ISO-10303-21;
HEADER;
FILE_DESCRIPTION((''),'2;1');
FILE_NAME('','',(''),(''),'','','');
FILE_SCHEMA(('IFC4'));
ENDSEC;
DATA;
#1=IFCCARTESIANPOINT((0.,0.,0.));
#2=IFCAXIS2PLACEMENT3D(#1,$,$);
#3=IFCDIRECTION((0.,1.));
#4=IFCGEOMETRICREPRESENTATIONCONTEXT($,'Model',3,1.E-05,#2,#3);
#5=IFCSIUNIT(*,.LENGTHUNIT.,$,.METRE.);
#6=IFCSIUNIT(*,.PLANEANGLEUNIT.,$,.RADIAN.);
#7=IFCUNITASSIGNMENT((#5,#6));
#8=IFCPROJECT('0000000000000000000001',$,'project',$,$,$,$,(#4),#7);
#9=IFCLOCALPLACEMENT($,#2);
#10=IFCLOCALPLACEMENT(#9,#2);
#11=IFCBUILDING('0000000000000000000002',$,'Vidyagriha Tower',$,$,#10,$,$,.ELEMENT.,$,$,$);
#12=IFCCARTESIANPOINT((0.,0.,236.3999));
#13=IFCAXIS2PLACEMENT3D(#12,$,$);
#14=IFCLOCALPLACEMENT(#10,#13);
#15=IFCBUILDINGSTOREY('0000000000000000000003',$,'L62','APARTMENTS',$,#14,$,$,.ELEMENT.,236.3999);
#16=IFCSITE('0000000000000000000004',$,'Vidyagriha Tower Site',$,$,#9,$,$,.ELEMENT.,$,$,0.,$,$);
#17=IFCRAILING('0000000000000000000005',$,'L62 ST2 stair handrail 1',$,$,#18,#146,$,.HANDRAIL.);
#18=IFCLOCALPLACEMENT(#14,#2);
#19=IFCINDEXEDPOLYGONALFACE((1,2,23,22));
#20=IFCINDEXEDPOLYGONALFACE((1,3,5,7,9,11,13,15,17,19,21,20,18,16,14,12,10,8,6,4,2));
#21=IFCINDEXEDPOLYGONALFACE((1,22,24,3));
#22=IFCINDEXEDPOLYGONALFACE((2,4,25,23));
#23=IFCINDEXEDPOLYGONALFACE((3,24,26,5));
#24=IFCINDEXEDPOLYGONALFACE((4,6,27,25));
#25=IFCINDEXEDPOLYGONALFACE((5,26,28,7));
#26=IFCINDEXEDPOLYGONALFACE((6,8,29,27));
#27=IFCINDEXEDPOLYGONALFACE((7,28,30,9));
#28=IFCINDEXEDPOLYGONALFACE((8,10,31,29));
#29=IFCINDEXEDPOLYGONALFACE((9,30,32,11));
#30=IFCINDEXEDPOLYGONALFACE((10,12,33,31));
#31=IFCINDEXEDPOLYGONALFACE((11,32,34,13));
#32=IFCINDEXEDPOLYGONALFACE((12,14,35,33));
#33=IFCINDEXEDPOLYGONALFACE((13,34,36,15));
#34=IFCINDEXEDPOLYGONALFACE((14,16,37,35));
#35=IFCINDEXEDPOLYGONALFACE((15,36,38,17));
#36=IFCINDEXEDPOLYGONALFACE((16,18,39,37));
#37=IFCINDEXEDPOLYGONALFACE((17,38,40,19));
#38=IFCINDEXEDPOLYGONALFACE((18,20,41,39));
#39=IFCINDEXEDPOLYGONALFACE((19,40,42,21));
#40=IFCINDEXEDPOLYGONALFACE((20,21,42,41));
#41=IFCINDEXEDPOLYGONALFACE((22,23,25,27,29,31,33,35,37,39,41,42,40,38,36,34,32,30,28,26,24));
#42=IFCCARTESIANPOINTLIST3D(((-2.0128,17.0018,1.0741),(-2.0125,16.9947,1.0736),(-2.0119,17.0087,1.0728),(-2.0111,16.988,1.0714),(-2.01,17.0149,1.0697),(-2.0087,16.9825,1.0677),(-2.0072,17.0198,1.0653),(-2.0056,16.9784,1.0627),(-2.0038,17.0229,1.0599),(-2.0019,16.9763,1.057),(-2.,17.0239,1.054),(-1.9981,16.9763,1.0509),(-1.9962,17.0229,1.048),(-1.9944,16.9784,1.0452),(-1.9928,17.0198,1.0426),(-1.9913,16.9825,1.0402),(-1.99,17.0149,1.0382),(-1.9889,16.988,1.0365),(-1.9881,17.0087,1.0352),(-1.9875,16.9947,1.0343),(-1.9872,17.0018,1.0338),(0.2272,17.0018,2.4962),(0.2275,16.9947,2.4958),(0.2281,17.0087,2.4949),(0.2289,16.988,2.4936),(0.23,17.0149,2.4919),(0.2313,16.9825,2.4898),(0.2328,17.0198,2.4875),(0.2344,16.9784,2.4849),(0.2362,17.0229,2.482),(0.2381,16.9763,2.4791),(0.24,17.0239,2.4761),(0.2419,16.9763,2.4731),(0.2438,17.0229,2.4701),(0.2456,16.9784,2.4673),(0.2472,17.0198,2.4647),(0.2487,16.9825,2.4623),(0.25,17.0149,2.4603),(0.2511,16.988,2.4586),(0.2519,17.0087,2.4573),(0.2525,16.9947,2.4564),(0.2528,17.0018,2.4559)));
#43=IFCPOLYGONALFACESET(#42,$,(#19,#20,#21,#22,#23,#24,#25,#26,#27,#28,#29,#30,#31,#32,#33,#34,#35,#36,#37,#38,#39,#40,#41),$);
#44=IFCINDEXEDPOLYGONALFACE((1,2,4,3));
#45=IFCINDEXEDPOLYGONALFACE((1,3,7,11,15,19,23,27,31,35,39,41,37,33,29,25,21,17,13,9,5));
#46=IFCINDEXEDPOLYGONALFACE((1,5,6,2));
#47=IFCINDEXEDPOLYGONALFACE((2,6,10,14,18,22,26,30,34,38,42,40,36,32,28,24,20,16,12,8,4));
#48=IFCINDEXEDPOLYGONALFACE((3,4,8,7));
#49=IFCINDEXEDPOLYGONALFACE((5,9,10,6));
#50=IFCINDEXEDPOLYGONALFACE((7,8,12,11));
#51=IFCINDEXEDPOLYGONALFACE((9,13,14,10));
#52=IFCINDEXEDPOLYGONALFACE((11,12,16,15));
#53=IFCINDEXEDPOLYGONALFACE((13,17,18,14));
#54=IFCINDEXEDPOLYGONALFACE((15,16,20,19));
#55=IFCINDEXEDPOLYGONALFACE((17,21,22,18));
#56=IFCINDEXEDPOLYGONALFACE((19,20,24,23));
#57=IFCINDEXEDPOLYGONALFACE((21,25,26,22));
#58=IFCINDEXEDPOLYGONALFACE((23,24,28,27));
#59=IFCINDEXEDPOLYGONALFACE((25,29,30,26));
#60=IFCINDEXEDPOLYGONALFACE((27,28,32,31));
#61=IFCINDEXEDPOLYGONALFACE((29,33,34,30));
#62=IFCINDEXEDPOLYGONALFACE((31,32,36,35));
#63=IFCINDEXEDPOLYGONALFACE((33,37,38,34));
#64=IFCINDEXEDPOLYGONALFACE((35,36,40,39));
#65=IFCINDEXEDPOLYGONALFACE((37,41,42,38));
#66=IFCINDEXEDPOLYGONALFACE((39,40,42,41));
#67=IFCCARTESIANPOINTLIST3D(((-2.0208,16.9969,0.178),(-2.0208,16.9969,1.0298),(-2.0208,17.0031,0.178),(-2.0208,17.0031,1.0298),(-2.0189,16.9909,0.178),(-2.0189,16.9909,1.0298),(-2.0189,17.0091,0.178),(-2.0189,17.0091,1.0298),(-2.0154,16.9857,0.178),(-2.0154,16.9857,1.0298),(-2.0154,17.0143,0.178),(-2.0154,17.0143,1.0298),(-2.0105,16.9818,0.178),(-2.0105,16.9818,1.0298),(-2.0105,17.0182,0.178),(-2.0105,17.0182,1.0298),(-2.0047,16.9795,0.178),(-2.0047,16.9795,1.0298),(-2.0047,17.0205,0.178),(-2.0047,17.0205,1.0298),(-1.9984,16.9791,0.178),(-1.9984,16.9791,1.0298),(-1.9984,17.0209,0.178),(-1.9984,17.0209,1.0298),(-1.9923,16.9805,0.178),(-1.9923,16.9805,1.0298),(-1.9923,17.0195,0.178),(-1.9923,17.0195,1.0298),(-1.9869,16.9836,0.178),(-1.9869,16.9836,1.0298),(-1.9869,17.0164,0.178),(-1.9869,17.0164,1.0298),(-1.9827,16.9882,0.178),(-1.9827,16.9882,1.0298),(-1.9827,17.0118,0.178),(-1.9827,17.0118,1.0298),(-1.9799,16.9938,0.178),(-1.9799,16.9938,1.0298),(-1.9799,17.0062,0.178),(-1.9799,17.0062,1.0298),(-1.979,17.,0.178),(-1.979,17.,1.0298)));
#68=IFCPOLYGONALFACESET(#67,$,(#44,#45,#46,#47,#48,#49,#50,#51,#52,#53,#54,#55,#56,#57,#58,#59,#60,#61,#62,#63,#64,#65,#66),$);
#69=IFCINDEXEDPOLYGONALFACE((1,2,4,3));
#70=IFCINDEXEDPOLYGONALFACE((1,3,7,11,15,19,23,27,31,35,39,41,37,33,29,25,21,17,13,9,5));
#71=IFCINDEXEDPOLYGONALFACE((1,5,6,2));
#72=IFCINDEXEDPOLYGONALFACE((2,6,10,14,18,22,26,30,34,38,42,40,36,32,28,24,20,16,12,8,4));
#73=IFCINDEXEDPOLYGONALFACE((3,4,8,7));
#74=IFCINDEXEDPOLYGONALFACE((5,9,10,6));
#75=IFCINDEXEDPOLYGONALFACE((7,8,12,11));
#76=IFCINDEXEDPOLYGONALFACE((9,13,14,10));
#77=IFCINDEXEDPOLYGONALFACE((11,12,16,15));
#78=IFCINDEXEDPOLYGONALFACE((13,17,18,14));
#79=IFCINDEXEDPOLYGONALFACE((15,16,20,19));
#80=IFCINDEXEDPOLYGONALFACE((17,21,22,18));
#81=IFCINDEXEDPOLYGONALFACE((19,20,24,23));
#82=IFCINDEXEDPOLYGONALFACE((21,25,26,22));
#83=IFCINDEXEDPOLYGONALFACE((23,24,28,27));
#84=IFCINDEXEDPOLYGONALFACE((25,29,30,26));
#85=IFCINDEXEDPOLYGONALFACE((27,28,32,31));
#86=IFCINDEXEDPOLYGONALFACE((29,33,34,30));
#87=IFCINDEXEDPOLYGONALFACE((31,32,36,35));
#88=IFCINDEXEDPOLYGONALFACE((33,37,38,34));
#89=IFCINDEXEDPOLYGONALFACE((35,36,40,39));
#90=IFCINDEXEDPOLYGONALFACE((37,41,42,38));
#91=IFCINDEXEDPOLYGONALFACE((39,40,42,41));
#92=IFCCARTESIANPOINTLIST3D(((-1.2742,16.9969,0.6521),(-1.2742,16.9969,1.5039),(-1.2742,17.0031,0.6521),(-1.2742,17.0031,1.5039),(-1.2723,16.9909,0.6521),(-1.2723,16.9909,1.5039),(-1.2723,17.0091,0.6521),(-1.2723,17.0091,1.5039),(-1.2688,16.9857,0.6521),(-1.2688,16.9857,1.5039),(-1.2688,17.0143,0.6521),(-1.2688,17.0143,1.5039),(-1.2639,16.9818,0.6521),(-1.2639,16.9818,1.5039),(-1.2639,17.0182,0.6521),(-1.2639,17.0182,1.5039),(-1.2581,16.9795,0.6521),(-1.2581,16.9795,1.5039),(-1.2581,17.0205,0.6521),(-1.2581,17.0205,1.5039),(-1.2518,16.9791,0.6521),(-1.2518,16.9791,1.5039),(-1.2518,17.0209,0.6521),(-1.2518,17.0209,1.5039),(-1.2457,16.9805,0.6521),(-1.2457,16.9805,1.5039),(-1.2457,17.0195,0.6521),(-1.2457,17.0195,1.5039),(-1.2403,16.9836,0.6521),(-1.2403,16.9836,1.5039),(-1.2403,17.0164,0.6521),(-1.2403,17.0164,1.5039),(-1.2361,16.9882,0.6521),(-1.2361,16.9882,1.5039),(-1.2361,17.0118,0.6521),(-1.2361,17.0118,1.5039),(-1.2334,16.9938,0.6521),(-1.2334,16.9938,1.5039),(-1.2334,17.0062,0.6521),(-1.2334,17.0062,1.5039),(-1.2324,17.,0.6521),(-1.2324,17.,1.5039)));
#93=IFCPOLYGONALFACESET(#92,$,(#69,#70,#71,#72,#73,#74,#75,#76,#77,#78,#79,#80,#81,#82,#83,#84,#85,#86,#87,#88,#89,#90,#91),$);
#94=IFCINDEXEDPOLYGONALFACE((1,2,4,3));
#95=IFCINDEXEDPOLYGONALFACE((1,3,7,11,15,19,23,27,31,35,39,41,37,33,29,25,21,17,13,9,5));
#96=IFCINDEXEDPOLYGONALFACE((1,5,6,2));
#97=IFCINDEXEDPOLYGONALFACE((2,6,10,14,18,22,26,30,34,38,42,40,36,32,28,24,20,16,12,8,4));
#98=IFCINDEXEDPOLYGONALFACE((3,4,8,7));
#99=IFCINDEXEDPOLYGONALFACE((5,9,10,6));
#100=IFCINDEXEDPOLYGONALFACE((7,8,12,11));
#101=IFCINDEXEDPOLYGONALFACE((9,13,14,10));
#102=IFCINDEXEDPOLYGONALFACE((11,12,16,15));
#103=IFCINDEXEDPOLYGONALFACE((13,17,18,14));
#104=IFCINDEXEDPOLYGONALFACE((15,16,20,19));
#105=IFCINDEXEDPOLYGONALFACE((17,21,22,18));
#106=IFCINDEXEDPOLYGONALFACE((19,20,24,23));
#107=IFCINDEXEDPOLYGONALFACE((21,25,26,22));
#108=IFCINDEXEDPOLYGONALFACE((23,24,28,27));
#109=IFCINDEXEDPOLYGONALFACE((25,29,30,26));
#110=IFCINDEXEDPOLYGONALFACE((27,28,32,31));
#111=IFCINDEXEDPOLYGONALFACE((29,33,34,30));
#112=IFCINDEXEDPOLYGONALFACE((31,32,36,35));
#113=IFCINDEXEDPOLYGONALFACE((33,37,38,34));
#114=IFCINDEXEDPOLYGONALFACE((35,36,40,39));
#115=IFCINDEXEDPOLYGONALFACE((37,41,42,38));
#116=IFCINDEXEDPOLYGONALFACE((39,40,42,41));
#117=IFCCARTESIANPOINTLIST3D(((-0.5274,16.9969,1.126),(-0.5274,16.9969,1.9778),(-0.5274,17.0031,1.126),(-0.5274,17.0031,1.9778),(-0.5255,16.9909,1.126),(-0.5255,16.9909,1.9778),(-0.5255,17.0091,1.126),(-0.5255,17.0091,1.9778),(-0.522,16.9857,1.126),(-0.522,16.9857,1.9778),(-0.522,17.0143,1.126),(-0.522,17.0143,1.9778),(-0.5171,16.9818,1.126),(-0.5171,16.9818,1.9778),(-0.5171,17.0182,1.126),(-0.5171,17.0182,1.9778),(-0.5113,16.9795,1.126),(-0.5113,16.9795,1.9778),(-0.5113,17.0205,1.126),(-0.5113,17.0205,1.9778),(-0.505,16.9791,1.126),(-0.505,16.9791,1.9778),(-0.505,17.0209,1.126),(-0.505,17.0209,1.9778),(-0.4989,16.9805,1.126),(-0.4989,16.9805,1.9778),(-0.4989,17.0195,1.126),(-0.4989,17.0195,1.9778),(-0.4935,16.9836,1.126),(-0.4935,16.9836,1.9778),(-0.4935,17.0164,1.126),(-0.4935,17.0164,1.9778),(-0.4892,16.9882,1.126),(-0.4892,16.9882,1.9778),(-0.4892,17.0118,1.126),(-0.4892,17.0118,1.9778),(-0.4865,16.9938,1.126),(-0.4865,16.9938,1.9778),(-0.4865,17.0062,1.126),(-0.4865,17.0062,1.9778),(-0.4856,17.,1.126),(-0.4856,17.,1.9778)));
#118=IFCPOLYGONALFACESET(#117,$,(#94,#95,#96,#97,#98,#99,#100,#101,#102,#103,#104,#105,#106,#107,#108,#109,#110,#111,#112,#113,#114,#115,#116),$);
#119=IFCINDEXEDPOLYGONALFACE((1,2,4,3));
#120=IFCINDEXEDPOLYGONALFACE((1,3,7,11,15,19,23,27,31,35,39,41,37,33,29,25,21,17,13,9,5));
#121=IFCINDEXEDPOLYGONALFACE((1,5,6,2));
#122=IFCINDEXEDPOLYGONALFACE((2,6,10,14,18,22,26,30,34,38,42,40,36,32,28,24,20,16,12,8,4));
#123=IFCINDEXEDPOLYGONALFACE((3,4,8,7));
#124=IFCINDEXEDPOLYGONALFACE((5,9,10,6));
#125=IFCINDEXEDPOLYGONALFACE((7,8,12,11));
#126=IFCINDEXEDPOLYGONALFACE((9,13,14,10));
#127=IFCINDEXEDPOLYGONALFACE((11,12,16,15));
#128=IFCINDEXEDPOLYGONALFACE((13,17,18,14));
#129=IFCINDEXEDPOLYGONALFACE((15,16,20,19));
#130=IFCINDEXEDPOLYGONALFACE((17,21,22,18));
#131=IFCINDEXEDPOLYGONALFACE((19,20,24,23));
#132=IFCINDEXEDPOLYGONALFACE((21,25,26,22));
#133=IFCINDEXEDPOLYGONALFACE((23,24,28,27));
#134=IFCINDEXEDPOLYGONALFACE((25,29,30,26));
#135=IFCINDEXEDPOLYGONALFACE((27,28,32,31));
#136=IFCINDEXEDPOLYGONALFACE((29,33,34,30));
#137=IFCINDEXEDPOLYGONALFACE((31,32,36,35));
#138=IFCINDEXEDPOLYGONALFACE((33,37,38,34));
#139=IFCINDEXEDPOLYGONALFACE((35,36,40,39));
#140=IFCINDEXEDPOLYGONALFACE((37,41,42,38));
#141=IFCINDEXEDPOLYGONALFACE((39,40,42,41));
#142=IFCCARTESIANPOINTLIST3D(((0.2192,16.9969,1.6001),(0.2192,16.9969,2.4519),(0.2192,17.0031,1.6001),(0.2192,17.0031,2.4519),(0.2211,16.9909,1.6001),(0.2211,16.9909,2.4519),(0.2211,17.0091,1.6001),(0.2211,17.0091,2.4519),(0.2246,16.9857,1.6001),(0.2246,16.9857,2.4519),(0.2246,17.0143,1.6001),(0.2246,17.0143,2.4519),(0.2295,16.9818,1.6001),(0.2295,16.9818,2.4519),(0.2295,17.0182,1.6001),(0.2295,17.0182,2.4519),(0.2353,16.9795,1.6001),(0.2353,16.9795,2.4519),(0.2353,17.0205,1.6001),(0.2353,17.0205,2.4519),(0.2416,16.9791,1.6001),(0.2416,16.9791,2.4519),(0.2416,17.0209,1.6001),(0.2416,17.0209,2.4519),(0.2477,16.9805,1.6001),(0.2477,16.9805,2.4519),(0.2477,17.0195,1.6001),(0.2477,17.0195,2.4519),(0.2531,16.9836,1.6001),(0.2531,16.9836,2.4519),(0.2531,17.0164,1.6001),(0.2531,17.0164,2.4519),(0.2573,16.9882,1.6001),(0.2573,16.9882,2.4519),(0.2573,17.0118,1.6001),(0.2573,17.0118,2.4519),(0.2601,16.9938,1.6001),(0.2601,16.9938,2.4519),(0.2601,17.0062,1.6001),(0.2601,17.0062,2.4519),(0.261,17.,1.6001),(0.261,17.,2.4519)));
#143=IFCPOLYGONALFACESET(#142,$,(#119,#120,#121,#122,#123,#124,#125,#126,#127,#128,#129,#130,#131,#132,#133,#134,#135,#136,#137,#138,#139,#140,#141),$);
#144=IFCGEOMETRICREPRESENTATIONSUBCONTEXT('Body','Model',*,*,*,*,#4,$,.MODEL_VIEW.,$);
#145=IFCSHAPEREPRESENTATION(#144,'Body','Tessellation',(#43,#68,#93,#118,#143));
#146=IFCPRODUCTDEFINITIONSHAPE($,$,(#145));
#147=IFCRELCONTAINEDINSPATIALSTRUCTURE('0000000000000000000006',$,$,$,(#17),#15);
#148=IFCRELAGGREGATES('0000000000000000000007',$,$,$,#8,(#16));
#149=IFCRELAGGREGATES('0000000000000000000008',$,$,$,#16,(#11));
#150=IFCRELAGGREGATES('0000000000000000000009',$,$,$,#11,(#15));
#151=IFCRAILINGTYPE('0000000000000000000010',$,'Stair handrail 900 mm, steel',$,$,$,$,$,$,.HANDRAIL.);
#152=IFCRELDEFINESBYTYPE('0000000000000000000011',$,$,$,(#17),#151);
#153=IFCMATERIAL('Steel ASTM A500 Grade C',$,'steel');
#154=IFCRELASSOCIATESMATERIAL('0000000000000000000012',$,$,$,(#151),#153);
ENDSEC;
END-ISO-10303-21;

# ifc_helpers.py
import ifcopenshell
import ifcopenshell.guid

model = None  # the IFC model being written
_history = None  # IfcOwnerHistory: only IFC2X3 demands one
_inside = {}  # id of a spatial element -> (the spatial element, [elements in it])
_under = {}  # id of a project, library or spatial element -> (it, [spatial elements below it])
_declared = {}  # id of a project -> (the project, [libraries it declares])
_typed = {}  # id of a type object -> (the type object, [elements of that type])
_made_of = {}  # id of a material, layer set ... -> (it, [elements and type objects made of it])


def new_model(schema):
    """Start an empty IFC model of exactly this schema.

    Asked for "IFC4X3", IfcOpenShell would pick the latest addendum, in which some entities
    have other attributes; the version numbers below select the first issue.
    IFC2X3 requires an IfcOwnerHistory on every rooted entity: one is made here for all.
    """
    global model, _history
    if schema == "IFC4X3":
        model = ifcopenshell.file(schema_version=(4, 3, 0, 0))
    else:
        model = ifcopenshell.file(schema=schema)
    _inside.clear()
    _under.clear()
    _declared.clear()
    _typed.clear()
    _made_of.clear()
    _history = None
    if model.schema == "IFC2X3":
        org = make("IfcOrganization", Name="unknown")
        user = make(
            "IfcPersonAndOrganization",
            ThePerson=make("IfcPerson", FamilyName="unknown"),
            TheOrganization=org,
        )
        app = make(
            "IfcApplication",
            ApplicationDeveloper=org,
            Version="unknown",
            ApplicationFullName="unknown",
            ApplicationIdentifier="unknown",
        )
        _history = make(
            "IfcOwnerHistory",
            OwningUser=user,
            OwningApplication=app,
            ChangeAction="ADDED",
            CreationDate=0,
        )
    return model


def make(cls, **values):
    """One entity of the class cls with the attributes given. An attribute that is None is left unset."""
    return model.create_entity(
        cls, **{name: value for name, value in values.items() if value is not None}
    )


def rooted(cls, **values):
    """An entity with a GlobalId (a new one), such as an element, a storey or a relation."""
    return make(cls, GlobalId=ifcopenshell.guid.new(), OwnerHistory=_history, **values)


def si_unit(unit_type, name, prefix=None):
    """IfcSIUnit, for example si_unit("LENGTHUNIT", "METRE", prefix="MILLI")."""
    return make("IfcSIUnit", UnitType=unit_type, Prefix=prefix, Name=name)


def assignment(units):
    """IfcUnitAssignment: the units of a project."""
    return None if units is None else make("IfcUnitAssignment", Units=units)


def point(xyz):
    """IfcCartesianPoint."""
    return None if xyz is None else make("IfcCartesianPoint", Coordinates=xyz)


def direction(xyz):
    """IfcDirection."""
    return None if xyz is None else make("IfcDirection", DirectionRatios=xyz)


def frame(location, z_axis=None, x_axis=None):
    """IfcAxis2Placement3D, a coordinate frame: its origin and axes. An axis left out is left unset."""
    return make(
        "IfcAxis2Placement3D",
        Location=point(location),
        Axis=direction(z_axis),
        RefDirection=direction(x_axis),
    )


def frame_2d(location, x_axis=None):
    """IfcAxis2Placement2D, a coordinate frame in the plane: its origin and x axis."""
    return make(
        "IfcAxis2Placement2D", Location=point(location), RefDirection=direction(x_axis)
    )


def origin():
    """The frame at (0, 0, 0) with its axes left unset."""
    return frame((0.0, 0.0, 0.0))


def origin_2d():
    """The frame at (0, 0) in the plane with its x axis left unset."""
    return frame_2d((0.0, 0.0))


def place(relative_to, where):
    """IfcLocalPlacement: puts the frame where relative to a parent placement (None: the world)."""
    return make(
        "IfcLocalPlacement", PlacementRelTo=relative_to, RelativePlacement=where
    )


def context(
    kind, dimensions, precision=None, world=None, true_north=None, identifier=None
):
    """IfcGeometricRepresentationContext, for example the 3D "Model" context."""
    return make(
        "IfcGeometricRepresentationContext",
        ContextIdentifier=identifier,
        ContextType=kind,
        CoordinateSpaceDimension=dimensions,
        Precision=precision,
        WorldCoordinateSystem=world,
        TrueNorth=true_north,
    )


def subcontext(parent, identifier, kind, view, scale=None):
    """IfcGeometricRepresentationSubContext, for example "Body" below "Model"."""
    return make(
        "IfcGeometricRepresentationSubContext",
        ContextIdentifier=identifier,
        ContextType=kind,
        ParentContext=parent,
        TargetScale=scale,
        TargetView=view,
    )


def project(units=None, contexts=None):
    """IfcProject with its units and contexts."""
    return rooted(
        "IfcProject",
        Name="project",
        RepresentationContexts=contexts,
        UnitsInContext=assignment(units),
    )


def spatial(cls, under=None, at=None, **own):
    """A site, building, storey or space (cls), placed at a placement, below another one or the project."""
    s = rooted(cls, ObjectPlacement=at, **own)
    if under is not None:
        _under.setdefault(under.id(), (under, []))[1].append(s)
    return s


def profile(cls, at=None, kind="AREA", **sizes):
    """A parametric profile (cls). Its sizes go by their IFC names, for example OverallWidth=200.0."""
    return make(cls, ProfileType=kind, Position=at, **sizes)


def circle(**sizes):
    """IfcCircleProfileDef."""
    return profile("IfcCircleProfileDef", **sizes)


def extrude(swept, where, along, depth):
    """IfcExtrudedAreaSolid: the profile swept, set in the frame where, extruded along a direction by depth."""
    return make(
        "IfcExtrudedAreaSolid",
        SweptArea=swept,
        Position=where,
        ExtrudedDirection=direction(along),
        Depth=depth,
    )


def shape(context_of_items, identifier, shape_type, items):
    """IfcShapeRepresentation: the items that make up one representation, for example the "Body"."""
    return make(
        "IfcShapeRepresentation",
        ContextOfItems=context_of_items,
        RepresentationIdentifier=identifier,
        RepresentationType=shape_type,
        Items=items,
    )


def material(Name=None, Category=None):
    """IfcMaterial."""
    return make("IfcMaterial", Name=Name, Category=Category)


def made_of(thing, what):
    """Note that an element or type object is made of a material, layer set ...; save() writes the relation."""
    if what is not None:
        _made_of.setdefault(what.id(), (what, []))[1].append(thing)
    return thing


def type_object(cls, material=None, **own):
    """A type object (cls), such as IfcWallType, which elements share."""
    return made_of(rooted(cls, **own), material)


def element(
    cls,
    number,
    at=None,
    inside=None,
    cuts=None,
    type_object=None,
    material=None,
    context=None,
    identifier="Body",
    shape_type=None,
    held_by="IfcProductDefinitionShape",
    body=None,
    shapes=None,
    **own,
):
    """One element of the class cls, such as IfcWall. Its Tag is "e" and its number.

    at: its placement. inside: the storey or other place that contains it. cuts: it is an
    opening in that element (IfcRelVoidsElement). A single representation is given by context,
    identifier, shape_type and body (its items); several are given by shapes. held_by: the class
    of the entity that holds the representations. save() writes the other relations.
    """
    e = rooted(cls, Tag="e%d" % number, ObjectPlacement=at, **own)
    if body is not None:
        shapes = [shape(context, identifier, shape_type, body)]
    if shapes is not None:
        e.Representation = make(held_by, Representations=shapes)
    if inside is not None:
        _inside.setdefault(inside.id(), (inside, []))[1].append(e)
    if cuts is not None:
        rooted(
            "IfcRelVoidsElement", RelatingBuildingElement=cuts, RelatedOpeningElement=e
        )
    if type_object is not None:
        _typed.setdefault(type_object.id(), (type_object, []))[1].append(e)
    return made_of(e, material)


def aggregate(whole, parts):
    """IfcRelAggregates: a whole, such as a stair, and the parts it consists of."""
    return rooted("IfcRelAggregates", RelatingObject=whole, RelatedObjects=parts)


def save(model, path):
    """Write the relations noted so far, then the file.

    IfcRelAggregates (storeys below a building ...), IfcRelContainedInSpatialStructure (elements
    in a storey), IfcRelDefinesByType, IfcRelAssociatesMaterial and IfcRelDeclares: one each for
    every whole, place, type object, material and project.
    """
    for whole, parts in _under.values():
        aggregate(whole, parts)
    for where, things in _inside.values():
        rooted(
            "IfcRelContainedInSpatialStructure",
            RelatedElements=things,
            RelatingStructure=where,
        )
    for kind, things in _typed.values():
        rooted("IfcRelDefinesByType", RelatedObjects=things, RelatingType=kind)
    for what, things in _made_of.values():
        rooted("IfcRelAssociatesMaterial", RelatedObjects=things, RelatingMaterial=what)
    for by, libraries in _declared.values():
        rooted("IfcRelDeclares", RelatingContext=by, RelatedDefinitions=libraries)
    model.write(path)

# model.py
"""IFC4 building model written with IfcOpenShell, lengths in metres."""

from ifc_helpers import new_model, si_unit, direction, frame, origin, origin_2d, place, context, subcontext, project, spatial, circle, extrude, material, type_object, element, save


model = new_model("IFC4")

# Units and contexts
model_context = context("Model", 3, precision=1e-05, world=origin(), true_north=direction((0.0, 1.0)))
body_context = subcontext(model_context, "Body", "Model", "MODEL_VIEW")
ifc_project = project(units=[si_unit("LENGTHUNIT", "METRE"), si_unit("PLANEANGLEUNIT", "RADIAN")], contexts=[model_context])

# Site, building, storey
site_placement = place(None, origin())
site = spatial("IfcSite", under=ifc_project, at=site_placement, Name="Vidyagriha Tower Site", CompositionType="ELEMENT", RefElevation=0.0)
building_placement = place(site_placement, origin())
building = spatial("IfcBuilding", under=site, at=building_placement, Name="Vidyagriha Tower", CompositionType="ELEMENT")
storey_placement = place(building_placement, frame((0.0, 0.0, 236.3999)))
storey = spatial("IfcBuildingStorey", under=building, at=storey_placement, Name="L62", Description="APARTMENTS", CompositionType="ELEMENT", Elevation=236.3999)

# Railing
ifc_material_1 = material(Name="Steel ASTM A500 Grade C", Category="steel")
railing_type_1 = type_object("IfcRailingType", Name="Stair handrail 900 mm, steel", PredefinedType="HANDRAIL", material=ifc_material_1)
railing_1_placement = place(storey_placement, frame((-2.0, 17.0, 0.178)))
element("IfcRailing", 1, at=railing_1_placement, inside=storey, type_object=railing_type_1, Name="L62 ST2 stair handrail 1", PredefinedType="HANDRAIL", context=body_context, shape_type="SweptSolid", body=[
    extrude(circle(Radius=0.0239, at=origin_2d()), frame((0.0, 0.0, 0.876), z_axis=(0.844229, 0.0, 0.535982), x_axis=(0.0, 1.0, 0.0)), (0.0, 0.0, 1.0), 2.6533),
    extrude(circle(Radius=0.021, at=origin_2d()), origin(), (0.0, 0.0, 1.0), 0.8518),
    extrude(circle(Radius=0.021, at=origin_2d()), frame((0.7466, 0.0, 0.4741)), (0.0, 0.0, 1.0), 0.8518),
    extrude(circle(Radius=0.021, at=origin_2d()), frame((1.4934, 0.0, 0.948)), (0.0, 0.0, 1.0), 0.8518),
    extrude(circle(Radius=0.021, at=origin_2d()), frame((2.24, 0.0, 1.4221)), (0.0, 0.0, 1.0), 0.8518),
])

save(model, "model.ifc")
